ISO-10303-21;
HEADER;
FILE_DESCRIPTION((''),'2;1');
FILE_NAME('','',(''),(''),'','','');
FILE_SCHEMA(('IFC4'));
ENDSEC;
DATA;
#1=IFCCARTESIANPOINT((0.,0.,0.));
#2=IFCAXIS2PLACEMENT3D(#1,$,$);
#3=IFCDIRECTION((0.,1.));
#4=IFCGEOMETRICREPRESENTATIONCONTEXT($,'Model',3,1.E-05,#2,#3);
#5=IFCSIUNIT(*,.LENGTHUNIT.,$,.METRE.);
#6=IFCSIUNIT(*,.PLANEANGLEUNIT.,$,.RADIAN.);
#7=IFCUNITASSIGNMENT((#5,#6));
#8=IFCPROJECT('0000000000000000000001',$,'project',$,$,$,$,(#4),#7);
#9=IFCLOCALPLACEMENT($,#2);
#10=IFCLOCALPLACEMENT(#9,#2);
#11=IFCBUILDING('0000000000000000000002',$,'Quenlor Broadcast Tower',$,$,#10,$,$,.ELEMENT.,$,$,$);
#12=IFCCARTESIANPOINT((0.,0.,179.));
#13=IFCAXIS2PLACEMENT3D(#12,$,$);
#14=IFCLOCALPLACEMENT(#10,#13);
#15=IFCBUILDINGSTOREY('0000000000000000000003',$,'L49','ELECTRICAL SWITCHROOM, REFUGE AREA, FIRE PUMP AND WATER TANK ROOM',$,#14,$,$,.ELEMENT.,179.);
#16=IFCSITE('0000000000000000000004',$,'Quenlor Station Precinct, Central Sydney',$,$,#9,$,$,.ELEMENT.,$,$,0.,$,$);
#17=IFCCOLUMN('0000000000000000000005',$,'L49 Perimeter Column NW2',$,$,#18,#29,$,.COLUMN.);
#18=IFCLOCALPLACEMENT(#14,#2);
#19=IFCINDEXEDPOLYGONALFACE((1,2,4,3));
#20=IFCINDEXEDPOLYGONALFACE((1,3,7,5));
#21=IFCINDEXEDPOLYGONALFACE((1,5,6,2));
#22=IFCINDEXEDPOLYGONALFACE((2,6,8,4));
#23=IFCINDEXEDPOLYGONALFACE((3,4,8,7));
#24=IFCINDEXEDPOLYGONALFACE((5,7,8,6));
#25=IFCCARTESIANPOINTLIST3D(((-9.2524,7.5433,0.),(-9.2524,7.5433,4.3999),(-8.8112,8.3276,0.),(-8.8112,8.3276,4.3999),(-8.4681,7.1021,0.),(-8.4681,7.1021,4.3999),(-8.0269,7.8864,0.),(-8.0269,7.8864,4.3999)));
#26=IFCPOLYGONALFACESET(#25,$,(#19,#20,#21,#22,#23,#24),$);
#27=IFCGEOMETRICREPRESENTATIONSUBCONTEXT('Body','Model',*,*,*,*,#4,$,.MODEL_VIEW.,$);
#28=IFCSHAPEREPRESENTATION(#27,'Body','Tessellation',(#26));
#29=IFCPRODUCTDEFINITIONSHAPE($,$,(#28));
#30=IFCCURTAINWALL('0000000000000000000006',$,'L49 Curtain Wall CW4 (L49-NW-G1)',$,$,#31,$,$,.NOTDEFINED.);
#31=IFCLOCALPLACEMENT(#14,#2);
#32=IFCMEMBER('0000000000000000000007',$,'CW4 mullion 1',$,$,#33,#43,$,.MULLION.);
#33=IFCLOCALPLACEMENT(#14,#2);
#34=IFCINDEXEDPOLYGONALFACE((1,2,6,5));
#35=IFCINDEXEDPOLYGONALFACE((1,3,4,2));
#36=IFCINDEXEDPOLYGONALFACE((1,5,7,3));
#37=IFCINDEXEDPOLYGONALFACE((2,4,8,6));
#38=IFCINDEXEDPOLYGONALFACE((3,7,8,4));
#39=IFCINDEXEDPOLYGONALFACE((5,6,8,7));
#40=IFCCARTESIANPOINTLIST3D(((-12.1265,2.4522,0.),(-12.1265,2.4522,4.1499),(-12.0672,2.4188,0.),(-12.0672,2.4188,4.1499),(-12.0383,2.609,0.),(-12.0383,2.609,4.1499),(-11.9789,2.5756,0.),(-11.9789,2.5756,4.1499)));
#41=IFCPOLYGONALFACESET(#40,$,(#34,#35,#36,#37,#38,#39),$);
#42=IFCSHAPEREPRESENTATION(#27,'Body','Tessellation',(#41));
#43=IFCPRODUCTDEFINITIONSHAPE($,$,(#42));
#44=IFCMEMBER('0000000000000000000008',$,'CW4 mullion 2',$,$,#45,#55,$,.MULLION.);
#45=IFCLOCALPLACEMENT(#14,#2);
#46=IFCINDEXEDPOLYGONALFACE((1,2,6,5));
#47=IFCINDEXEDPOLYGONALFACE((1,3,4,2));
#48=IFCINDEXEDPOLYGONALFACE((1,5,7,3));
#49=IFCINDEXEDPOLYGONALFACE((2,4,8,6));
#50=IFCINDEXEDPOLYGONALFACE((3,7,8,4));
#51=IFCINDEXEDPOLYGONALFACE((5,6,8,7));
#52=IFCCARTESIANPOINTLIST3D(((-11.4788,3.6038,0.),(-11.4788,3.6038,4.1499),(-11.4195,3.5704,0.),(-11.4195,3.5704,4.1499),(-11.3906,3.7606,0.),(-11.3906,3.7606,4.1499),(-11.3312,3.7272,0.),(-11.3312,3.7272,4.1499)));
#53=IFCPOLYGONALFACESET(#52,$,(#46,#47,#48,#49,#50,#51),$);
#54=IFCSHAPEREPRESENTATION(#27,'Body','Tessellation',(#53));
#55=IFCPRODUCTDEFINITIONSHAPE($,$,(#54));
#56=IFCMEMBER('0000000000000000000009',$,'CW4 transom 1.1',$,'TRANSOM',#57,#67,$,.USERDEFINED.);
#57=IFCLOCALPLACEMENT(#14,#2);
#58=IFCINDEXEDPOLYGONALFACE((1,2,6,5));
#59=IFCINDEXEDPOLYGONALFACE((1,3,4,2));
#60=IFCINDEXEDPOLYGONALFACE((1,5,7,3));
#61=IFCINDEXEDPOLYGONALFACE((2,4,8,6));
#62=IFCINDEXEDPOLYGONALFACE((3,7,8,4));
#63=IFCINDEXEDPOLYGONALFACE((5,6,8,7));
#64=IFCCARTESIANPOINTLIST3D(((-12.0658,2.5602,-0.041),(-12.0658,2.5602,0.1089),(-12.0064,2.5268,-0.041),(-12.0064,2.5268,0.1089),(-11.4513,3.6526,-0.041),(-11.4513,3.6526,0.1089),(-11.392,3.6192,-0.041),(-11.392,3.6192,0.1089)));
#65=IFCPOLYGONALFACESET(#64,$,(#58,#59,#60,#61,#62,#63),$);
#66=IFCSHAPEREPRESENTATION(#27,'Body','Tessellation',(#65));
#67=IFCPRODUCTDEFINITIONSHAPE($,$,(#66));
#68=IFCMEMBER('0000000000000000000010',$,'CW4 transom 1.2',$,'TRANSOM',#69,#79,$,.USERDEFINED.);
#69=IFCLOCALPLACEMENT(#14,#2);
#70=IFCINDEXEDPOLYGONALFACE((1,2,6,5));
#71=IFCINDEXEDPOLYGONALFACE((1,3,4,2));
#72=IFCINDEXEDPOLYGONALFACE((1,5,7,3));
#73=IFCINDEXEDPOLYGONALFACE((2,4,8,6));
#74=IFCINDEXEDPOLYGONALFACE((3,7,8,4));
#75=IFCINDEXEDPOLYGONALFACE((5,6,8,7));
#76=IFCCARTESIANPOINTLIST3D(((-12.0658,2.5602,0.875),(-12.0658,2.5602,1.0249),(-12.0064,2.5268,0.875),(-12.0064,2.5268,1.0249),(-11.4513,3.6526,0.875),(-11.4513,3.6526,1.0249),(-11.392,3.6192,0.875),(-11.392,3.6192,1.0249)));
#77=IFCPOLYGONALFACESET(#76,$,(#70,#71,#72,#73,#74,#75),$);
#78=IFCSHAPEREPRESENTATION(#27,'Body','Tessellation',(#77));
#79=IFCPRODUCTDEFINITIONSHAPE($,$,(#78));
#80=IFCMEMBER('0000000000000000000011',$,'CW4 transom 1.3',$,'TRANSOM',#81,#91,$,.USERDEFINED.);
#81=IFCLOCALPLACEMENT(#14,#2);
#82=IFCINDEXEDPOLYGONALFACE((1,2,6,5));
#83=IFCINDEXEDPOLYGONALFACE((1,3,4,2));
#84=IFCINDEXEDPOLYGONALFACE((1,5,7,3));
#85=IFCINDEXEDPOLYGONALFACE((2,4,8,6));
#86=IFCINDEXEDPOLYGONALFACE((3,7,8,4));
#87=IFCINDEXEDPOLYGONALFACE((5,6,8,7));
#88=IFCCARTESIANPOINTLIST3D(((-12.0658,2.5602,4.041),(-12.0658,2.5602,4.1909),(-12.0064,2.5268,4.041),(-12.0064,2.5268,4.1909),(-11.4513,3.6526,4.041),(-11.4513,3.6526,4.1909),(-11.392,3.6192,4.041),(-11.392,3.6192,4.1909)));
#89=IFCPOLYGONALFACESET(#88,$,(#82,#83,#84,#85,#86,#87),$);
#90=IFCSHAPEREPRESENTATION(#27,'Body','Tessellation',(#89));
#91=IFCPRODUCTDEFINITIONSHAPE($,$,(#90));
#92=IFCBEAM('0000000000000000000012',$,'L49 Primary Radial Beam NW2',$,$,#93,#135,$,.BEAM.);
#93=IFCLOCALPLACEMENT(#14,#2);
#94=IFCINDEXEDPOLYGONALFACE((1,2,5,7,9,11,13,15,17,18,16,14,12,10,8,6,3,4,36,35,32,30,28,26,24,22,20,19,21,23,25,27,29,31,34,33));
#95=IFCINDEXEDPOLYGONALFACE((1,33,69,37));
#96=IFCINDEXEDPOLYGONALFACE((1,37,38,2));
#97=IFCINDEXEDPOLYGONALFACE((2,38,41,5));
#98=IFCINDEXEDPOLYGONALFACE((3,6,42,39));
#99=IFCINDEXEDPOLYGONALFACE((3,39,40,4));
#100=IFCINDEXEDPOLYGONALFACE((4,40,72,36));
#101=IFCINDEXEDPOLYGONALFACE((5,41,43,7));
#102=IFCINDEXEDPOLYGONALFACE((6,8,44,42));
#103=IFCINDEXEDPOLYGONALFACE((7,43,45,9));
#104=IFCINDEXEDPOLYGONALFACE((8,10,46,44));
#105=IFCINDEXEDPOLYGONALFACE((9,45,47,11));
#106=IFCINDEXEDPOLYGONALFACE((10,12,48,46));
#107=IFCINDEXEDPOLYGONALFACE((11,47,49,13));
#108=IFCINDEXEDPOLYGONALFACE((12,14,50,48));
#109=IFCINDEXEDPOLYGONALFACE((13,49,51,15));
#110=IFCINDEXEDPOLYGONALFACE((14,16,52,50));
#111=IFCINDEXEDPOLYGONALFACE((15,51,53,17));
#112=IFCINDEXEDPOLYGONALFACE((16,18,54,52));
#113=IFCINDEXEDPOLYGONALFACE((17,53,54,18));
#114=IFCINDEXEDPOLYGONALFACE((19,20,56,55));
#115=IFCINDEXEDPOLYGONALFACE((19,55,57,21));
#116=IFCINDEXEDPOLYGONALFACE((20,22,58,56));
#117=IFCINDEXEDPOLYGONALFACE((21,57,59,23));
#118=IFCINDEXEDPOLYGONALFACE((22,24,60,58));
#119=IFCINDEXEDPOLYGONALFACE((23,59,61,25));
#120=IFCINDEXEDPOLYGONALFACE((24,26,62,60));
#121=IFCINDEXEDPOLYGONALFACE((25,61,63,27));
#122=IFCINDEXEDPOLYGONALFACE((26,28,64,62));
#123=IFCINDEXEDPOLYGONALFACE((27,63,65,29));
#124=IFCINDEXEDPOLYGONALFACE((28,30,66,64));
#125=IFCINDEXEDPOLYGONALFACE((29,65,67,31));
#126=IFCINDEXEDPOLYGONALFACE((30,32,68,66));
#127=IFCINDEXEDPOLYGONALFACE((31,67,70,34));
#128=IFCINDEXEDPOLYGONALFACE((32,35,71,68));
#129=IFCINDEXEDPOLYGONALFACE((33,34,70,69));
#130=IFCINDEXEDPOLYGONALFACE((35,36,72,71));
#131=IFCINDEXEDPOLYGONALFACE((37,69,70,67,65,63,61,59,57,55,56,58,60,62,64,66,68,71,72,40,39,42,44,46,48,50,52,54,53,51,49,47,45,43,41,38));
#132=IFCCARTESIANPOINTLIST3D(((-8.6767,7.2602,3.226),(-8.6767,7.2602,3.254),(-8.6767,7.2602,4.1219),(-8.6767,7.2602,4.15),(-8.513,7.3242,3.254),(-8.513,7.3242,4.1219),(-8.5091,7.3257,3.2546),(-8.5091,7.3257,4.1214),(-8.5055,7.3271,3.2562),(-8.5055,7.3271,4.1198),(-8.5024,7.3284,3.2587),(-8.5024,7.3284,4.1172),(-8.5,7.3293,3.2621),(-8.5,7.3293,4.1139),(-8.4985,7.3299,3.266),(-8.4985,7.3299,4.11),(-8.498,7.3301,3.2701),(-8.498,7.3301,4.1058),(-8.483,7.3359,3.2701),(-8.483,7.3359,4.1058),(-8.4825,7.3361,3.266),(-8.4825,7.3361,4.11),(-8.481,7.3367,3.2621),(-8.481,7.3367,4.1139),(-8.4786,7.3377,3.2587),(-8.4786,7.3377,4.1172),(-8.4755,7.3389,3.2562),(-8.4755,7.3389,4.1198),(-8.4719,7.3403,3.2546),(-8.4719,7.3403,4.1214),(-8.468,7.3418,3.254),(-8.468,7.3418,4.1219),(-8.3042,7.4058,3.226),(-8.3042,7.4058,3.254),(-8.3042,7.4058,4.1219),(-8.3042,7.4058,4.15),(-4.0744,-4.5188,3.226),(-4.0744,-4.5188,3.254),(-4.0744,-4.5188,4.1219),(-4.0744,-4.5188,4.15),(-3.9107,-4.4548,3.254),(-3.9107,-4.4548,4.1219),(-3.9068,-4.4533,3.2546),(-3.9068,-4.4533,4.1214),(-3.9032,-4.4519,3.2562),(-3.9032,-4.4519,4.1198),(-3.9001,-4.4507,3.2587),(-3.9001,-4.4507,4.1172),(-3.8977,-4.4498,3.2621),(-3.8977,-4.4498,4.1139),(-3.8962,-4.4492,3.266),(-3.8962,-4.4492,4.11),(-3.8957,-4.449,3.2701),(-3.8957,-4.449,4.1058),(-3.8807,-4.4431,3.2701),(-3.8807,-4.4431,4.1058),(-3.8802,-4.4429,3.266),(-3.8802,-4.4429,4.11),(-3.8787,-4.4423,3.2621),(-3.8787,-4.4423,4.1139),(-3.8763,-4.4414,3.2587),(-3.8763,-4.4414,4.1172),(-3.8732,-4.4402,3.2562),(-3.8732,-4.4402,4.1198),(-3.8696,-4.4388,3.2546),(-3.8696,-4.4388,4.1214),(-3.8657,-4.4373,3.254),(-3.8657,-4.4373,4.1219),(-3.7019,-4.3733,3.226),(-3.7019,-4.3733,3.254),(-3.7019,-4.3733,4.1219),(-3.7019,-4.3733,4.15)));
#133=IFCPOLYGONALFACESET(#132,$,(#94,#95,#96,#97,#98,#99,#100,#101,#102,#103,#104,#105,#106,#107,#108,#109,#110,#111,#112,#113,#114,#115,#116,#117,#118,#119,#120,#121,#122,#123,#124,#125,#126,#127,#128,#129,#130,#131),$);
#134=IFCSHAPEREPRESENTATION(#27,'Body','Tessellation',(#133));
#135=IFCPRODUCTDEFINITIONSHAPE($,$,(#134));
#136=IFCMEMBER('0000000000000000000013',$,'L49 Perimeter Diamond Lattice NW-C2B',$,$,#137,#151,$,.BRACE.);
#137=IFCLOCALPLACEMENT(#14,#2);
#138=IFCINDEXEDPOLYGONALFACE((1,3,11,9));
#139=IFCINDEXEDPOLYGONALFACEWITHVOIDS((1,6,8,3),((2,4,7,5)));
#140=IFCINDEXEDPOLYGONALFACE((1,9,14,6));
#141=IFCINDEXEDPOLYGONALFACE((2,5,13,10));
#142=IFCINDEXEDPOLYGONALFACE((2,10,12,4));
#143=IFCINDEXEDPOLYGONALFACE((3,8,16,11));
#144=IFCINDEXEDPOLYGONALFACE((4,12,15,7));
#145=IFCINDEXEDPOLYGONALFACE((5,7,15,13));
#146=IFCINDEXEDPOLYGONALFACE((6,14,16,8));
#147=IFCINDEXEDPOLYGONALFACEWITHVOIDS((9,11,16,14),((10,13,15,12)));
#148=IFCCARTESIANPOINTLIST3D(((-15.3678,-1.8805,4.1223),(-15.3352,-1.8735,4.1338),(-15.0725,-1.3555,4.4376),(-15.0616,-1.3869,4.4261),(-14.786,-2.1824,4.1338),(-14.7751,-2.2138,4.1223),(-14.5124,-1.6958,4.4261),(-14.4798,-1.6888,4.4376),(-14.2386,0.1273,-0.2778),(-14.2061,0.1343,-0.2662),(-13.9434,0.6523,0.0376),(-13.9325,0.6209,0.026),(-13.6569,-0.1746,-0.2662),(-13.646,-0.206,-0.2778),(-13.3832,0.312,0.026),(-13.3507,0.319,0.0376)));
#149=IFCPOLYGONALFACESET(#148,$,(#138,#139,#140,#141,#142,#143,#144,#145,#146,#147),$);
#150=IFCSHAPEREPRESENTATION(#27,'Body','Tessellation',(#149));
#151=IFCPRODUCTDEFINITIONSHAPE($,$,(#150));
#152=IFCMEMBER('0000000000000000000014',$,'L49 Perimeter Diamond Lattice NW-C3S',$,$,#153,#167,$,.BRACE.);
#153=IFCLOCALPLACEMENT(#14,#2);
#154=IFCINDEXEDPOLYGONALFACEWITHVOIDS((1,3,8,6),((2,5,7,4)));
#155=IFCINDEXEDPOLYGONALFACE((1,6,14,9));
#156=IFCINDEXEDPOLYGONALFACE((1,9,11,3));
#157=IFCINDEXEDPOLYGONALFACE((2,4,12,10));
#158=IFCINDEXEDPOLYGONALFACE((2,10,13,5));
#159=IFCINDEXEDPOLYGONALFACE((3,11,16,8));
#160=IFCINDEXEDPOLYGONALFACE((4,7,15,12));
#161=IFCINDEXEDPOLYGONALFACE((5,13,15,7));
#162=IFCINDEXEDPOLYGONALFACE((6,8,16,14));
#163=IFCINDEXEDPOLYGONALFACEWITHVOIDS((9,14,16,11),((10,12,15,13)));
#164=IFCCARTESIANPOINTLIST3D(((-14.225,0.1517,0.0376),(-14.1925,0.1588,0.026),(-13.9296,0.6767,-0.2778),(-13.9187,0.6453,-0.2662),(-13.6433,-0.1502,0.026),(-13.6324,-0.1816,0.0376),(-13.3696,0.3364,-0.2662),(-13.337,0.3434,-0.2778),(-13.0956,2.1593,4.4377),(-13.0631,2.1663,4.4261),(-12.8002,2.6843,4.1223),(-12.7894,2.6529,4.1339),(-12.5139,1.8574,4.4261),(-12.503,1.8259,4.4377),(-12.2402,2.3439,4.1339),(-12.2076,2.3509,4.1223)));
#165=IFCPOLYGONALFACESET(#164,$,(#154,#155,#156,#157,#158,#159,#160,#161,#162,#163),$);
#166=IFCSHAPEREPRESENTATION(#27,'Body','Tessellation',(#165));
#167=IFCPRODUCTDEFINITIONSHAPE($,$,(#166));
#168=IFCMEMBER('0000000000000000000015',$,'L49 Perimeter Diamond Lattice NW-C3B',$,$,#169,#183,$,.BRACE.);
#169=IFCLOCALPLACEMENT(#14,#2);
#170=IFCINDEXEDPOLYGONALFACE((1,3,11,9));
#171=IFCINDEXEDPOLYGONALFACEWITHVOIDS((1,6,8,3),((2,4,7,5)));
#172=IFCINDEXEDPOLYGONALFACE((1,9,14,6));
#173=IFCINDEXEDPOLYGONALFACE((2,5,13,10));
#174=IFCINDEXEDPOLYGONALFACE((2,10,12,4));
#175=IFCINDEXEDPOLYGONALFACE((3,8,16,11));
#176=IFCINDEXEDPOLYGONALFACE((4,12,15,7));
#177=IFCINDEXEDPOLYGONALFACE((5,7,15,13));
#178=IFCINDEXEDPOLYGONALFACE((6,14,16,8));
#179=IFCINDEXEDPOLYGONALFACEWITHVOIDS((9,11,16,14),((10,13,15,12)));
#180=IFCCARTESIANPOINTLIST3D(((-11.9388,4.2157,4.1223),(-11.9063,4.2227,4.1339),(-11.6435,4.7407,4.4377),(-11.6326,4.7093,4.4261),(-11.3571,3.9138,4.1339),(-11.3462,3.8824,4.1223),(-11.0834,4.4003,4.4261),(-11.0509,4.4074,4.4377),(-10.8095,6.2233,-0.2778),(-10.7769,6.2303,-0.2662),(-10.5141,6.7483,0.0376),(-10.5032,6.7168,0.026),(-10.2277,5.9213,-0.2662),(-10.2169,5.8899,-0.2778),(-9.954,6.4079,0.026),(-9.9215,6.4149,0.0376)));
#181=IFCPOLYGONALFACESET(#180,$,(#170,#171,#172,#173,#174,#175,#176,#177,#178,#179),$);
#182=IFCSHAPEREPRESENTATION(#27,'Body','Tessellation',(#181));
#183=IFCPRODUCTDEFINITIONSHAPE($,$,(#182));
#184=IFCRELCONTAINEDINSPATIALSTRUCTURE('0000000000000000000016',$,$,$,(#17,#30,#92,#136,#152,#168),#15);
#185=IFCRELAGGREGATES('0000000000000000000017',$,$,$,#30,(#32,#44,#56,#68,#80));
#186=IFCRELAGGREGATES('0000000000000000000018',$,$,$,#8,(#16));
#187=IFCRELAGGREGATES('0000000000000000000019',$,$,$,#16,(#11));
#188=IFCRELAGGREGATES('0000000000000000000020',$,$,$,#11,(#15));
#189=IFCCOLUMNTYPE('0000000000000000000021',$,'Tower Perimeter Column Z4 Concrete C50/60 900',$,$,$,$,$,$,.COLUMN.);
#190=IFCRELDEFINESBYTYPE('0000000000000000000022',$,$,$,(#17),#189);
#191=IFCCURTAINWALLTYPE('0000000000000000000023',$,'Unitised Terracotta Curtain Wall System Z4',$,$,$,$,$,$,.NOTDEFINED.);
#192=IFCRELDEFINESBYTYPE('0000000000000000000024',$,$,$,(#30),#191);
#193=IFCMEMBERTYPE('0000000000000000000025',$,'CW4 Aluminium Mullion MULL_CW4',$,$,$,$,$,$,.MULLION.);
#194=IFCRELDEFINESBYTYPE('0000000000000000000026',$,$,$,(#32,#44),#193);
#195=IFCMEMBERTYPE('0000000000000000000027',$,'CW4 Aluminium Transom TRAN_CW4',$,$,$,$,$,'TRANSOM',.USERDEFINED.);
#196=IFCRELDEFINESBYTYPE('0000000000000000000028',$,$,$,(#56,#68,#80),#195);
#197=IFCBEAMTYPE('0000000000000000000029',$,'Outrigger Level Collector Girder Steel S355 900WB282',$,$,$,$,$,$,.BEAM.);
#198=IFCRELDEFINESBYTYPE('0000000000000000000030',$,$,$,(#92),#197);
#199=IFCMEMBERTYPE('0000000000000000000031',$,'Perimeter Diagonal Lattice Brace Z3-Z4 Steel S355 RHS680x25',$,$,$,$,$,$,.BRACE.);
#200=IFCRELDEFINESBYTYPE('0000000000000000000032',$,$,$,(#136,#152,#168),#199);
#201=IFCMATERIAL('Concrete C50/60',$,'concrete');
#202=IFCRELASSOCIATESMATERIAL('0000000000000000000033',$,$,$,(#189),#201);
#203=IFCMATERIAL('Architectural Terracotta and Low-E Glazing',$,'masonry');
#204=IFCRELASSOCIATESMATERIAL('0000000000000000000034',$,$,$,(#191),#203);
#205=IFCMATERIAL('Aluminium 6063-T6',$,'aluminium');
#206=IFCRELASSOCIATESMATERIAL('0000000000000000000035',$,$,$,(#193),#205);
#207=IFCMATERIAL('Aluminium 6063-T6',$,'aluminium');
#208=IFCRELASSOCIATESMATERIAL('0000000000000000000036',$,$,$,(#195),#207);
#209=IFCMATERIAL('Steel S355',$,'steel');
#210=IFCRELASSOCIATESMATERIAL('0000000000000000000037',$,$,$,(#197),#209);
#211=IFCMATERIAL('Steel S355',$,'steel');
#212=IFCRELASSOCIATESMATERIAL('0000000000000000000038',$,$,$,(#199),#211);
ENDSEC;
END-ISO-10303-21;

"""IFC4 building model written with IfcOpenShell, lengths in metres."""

from ifc_helpers import new_model, si_unit, direction, frame, origin, origin_2d, place, context, subcontext, project, spatial, rectangle, hollow_rectangle, i_section, extrude, material, material_profile, profile_set, type_object, element, aggregate, save


model = new_model("IFC4")

# Units and contexts
model_context = context("Model", 3, precision=1e-05, world=origin(), true_north=direction((0.0, 1.0)))
body_context = subcontext(model_context, "Body", "Model", "MODEL_VIEW")
ifc_project = project(units=[si_unit("LENGTHUNIT", "METRE"), si_unit("PLANEANGLEUNIT", "RADIAN")], contexts=[model_context])

# Site, building, storey
site_placement = place(None, origin())
site = spatial("IfcSite", under=ifc_project, at=site_placement, Name="Quenlor Station Precinct, Central Sydney", CompositionType="ELEMENT", RefElevation=0.0)
building_placement = place(site_placement, origin())
building = spatial("IfcBuilding", under=site, at=building_placement, Name="Quenlor Broadcast Tower", CompositionType="ELEMENT")
storey_placement = place(building_placement, frame((0.0, 0.0, 179.0)))
storey = spatial("IfcBuildingStorey", under=building, at=storey_placement, Name="L49", Description="ELECTRICAL SWITCHROOM, REFUGE AREA, FIRE PUMP AND WATER TANK ROOM", CompositionType="ELEMENT", Elevation=179.0)

# Column
ifc_material_1 = material(Name="Concrete C50/60", Category="concrete")
ifc_material_profile_1 = material_profile(ifc_material_1, rectangle(XDim=0.8999, YDim=0.8999, at=origin_2d()))
ifc_profile_set_1 = profile_set([ifc_material_profile_1], Name="Concrete C50/60 RC900x900")
column_type = type_object("IfcColumnType", Name="Tower Perimeter Column Z4 Concrete C50/60 900", PredefinedType="COLUMN", material=ifc_profile_set_1)
column_placement = place(storey_placement, frame((-8.6396, 7.7148, 0.0), z_axis=(0.0, 0.0, 1.0), x_axis=(-0.871575, 0.490262, 0.0)))
element("IfcColumn", 1, at=column_placement, inside=storey, type_object=column_type, Name="L49 Perimeter Column NW2", PredefinedType="COLUMN", context=body_context, shape_type="SweptSolid", body=[
    extrude(rectangle(XDim=0.8999, YDim=0.8999, at=origin_2d()), origin(), (0.0, 0.0, 1.0), 4.3999),
])

# Curtain wall, members
ifc_material_2 = material(Name="Architectural Terracotta and Low-E Glazing", Category="masonry")
curtain_wall_type = type_object("IfcCurtainWallType", Name="Unitised Terracotta Curtain Wall System Z4", PredefinedType="NOTDEFINED", material=ifc_material_2)
curtain_wall_placement = place(storey_placement, origin())
curtain_wall = element("IfcCurtainWall", 2, at=curtain_wall_placement, inside=storey, type_object=curtain_wall_type, Name="L49 Curtain Wall CW4 (L49-NW-G1)", PredefinedType="NOTDEFINED")
ifc_material_3 = material(Name="Aluminium 6063-T6", Category="aluminium")
ifc_material_profile_2 = material_profile(ifc_material_3, rectangle(XDim=0.0681, YDim=0.1799, at=origin_2d()))
ifc_profile_set_2 = profile_set([ifc_material_profile_2], Name="Aluminium 6063-T6 MULL68x180")
member_type_1 = type_object("IfcMemberType", Name="CW4 Aluminium Mullion MULL_CW4", PredefinedType="MULLION", material=ifc_profile_set_2)
member_1_placement = place(storey_placement, frame((-12.0527, 2.5139, 0.0), z_axis=(0.0, 0.0, 1.0), x_axis=(-0.871572, 0.490268, 0.0)))
member_1 = element("IfcMember", 3, at=member_1_placement, type_object=member_type_1, Name="CW4 mullion 1", PredefinedType="MULLION", context=body_context, shape_type="SweptSolid", body=[
    extrude(rectangle(XDim=0.0681, YDim=0.1799, at=origin_2d()), origin(), (0.0, 0.0, 1.0), 4.1499),
])
member_2_placement = place(storey_placement, frame((-11.405, 3.6655, 0.0), z_axis=(0.0, 0.0, 1.0), x_axis=(-0.871572, 0.490268, 0.0)))
member_2 = element("IfcMember", 4, at=member_2_placement, type_object=member_type_1, Name="CW4 mullion 2", PredefinedType="MULLION", context=body_context, shape_type="SweptSolid", body=[
    extrude(rectangle(XDim=0.0681, YDim=0.1799, at=origin_2d()), origin(), (0.0, 0.0, 1.0), 4.1499),
])
ifc_material_4 = material(Name="Aluminium 6063-T6", Category="aluminium")
ifc_material_profile_3 = material_profile(ifc_material_4, rectangle(XDim=0.0681, YDim=0.1499, at=origin_2d()))
ifc_profile_set_3 = profile_set([ifc_material_profile_3], Name="Aluminium 6063-T6 TRAN68x150")
member_type_2 = type_object("IfcMemberType", Name="CW4 Aluminium Transom TRAN_CW4", ElementType="TRANSOM", PredefinedType="USERDEFINED", material=ifc_profile_set_3)
member_3_placement = place(storey_placement, frame((-12.0361, 2.5435, 0.0339), z_axis=(0.490233, 0.871591, 0.0), x_axis=(-0.871591, 0.490233, 0.0)))
member_3 = element("IfcMember", 5, at=member_3_placement, type_object=member_type_2, Name="CW4 transom 1.1", ObjectType="TRANSOM", PredefinedType="USERDEFINED", context=body_context, shape_type="SweptSolid", body=[
    extrude(rectangle(XDim=0.0681, YDim=0.1499, at=origin_2d()), origin(), (0.0, 0.0, 1.0), 1.2534),
])
member_4_placement = place(storey_placement, frame((-12.0361, 2.5435, 0.95), z_axis=(0.490233, 0.871591, 0.0), x_axis=(-0.871591, 0.490233, 0.0)))
member_4 = element("IfcMember", 6, at=member_4_placement, type_object=member_type_2, Name="CW4 transom 1.2", ObjectType="TRANSOM", PredefinedType="USERDEFINED", context=body_context, shape_type="SweptSolid", body=[
    extrude(rectangle(XDim=0.0681, YDim=0.1499, at=origin_2d()), origin(), (0.0, 0.0, 1.0), 1.2534),
])
member_5_placement = place(storey_placement, frame((-12.0361, 2.5435, 4.116), z_axis=(0.490233, 0.871591, 0.0), x_axis=(-0.871591, 0.490233, 0.0)))
member_5 = element("IfcMember", 7, at=member_5_placement, type_object=member_type_2, Name="CW4 transom 1.3", ObjectType="TRANSOM", PredefinedType="USERDEFINED", context=body_context, shape_type="SweptSolid", body=[
    extrude(rectangle(XDim=0.0681, YDim=0.1499, at=origin_2d()), origin(), (0.0, 0.0, 1.0), 1.2534),
])

# Beam
ifc_material_5 = material(Name="Steel S355", Category="steel")
ifc_material_profile_4 = material_profile(ifc_material_5, i_section(OverallWidth=0.3999, OverallDepth=0.9241, WebThickness=0.0161, FlangeThickness=0.0281, FilletRadius=0.0161, at=origin_2d()))
ifc_profile_set_4 = profile_set([ifc_material_profile_4], Name="Steel S355 900WB282")
beam_type_1 = type_object("IfcBeamType", Name="Outrigger Level Collector Girder Steel S355 900WB282", PredefinedType="BEAM", material=ifc_profile_set_4)
beam_1_placement = place(storey_placement, frame((-8.4905, 7.333, 3.688), z_axis=(0.363926, -0.931428, 0.0), x_axis=(0.931428, 0.363926, 0.0)))
element("IfcBeam", 8, at=beam_1_placement, inside=storey, type_object=beam_type_1, Name="L49 Primary Radial Beam NW2", PredefinedType="BEAM", context=body_context, shape_type="SweptSolid", body=[
    extrude(i_section(OverallWidth=0.3999, OverallDepth=0.9241, WebThickness=0.0161, FlangeThickness=0.0281, FilletRadius=0.0161, at=origin_2d()), origin(), (0.0, 0.0, 1.0), 12.6462),
])

# Members
ifc_material_6 = material(Name="Steel S355", Category="steel")
ifc_material_profile_5 = material_profile(ifc_material_6, hollow_rectangle(XDim=0.6799, YDim=0.6799, WallThickness=0.0249, at=origin_2d()))
ifc_profile_set_5 = profile_set([ifc_material_profile_5], Name="Steel S355 RHS680x680x25")
member_type_3 = type_object("IfcMemberType", Name="Perimeter Diagonal Lattice Brace Z3-Z4 Steel S355 RHS680x25", PredefinedType="BRACE", material=ifc_profile_set_5)
for number, where, z_axis, x_axis, name in (
    (9, (-13.7947, 0.2231, -0.1201), (-0.227347, -0.404259, 0.885939), (0.871621, -0.490181, 0.0), "L49 Perimeter Diamond Lattice NW-C2B"),
    (10, (-13.781, 0.2476, -0.1201), (0.227398, 0.404214, 0.885947), (-0.87155, 0.490307, 0.0), "L49 Perimeter Diamond Lattice NW-C3S"),
    (11, (-10.3655, 6.3191, -0.1201), (-0.227398, -0.404214, 0.885947), (0.87155, -0.490307, 0.0), "L49 Perimeter Diamond Lattice NW-C3B"),
):
    element("IfcMember", number, at=place(storey_placement, frame(where, z_axis=z_axis, x_axis=x_axis)), inside=storey, type_object=member_type_3, Name=name, PredefinedType="BRACE", context=body_context, shape_type="SweptSolid", body=[
        extrude(hollow_rectangle(XDim=0.6799, YDim=0.6799, WallThickness=0.0249, at=origin_2d()), origin(), (0.0, 0.0, 1.0), 4.9666),
    ])

aggregate(curtain_wall, [member_1, member_2, member_3, member_4, member_5])

save(model, "model.ifc")
